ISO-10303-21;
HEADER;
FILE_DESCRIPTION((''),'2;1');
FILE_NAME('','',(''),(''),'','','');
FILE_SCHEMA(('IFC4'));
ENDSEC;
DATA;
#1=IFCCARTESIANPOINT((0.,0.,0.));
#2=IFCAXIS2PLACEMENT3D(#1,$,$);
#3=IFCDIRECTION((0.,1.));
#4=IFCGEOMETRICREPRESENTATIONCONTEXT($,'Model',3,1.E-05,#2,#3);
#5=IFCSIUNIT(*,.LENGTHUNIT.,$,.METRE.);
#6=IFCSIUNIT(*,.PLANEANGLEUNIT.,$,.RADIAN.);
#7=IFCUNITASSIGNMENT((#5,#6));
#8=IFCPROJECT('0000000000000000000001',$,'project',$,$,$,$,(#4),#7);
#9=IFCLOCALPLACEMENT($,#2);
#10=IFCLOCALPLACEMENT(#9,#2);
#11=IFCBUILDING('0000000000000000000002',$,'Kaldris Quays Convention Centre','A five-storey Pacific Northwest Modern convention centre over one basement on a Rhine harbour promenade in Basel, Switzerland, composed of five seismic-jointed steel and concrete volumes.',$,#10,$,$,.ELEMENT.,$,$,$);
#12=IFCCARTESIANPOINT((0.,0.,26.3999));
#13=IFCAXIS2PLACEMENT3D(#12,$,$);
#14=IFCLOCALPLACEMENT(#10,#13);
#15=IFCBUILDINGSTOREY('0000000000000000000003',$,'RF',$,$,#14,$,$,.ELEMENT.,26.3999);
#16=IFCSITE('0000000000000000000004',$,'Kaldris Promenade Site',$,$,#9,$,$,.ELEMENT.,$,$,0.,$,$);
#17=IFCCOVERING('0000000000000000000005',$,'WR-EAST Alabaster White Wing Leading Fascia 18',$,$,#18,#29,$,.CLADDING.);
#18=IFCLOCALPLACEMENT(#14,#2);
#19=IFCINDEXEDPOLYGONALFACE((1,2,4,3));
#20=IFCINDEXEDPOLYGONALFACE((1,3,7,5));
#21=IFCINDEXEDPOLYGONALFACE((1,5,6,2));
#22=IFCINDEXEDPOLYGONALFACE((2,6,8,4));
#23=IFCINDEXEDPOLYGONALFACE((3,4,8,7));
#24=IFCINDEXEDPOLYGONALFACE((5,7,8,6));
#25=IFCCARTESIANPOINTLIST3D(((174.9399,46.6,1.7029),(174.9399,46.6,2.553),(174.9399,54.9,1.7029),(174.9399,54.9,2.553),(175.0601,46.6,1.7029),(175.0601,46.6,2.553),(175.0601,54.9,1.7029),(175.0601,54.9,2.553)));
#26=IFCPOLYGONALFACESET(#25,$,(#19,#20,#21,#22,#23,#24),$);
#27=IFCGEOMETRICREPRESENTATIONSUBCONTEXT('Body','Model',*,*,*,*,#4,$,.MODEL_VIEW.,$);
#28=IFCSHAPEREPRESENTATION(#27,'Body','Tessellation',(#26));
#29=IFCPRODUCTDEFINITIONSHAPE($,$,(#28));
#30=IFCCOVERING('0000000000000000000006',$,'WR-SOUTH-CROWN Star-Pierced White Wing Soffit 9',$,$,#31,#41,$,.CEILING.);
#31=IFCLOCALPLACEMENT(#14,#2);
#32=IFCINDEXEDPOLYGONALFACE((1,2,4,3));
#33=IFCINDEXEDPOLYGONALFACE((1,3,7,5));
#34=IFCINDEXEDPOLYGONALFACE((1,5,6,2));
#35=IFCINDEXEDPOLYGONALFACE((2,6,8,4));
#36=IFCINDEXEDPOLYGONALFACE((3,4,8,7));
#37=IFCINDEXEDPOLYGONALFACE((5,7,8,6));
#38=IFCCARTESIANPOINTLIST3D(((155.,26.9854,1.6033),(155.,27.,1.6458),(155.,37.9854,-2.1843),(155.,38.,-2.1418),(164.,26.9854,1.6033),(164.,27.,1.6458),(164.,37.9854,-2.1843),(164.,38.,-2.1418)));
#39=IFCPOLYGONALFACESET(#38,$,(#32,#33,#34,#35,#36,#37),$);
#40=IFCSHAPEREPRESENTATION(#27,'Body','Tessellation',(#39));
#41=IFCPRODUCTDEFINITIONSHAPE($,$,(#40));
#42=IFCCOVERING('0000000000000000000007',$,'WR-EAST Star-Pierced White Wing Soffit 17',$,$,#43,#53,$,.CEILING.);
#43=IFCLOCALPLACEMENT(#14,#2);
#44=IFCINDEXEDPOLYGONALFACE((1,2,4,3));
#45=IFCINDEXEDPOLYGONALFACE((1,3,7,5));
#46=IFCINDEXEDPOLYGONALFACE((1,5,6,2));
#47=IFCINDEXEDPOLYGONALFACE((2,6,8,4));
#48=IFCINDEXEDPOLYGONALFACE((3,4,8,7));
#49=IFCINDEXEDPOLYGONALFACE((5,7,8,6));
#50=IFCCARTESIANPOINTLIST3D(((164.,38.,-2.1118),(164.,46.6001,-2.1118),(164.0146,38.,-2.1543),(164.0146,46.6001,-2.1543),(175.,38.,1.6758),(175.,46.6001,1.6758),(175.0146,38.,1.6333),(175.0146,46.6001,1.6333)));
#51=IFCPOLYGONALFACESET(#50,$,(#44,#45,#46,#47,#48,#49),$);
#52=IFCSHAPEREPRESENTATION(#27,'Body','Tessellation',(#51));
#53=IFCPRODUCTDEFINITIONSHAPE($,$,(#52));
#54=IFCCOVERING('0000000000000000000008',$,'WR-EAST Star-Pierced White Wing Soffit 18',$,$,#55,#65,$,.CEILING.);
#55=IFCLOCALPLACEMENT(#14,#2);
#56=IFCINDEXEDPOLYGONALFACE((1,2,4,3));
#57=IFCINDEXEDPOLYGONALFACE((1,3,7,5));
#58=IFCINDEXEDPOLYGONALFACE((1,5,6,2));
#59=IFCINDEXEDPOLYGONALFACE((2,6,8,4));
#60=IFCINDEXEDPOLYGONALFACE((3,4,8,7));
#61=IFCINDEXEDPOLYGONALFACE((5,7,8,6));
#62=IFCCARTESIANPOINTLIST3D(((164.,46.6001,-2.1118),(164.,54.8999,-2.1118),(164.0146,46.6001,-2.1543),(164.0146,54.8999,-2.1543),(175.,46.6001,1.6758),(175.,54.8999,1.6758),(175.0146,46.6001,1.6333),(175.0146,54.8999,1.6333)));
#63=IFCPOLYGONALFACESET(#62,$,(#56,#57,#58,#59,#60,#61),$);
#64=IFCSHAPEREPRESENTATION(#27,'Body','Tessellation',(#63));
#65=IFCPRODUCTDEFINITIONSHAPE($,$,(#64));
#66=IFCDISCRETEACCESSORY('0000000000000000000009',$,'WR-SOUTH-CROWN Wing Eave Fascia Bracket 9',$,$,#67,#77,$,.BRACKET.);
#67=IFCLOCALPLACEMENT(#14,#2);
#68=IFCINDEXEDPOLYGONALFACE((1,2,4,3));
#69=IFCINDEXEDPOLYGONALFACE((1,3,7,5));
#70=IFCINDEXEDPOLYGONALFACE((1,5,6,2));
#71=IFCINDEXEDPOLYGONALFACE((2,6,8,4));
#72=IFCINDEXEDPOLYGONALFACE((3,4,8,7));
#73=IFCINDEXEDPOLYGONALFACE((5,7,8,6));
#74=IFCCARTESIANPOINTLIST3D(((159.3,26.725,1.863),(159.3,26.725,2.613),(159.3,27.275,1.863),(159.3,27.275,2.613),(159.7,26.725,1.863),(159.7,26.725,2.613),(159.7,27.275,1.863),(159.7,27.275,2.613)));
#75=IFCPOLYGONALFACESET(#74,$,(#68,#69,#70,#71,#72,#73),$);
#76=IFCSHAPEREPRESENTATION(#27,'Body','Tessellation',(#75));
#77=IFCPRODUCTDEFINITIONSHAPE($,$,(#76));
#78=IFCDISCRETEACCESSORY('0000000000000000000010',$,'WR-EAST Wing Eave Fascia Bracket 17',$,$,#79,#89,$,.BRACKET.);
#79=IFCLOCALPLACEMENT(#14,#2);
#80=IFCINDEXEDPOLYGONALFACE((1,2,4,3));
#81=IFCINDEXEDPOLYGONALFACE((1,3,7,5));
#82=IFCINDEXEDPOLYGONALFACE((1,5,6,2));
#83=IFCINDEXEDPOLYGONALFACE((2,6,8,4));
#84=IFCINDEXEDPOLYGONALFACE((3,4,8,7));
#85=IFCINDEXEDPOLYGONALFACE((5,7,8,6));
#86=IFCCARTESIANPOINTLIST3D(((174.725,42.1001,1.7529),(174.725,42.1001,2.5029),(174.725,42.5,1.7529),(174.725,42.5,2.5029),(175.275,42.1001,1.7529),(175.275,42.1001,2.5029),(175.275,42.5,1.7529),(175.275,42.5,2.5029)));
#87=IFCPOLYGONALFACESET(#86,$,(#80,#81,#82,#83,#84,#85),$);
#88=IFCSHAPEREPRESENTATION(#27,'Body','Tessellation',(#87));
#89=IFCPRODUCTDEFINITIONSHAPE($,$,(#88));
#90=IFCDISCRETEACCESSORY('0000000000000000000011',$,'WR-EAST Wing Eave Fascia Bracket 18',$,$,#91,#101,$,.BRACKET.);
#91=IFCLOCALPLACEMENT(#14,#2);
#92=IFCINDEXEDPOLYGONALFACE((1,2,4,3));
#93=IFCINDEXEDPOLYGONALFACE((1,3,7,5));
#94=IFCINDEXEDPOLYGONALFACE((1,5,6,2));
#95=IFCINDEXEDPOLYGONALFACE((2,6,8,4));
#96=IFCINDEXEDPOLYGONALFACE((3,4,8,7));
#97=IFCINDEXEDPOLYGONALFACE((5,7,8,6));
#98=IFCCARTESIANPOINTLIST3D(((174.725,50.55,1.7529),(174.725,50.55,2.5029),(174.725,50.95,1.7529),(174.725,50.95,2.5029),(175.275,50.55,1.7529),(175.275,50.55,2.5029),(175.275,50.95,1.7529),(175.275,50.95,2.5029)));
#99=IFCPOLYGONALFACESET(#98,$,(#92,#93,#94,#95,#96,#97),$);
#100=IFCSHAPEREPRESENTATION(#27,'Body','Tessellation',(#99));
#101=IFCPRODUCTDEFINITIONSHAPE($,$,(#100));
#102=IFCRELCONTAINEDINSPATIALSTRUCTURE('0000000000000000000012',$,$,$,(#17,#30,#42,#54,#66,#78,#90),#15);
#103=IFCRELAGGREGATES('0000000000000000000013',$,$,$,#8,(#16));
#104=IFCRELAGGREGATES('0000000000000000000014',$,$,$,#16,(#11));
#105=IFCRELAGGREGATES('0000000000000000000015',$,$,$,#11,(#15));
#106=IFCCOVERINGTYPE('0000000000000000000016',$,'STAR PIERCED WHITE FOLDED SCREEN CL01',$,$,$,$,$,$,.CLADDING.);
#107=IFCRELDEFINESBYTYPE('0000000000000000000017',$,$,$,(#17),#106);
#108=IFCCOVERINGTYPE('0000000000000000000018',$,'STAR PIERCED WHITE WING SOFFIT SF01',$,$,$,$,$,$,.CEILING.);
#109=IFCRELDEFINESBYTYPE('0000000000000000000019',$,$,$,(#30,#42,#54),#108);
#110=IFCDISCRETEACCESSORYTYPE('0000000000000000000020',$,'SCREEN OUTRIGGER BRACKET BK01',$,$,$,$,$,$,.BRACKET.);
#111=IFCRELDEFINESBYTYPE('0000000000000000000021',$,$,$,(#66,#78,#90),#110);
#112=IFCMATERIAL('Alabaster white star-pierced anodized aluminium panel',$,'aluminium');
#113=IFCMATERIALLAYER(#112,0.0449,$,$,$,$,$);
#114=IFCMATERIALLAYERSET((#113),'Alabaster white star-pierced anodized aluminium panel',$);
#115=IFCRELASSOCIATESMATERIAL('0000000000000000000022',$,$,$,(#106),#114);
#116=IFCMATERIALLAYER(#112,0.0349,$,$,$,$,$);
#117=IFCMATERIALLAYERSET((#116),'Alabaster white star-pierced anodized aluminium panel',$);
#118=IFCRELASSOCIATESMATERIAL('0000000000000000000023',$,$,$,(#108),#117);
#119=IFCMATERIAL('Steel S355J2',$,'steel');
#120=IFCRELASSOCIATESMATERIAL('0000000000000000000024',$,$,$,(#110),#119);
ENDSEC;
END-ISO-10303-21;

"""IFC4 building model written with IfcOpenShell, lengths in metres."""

from ifc_helpers import new_model, si_unit, direction, frame, origin, origin_2d, place, context, subcontext, project, spatial, polyline, rectangle, outline, extrude, material, layer, layer_set, type_object, element, save


model = new_model("IFC4")

# Units and contexts
model_context = context("Model", 3, precision=1e-05, world=origin(), true_north=direction((0.0, 1.0)))
body_context = subcontext(model_context, "Body", "Model", "MODEL_VIEW")
ifc_project = project(units=[si_unit("LENGTHUNIT", "METRE"), si_unit("PLANEANGLEUNIT", "RADIAN")], contexts=[model_context])

# Site, building, storey
site_placement = place(None, origin())
site = spatial("IfcSite", under=ifc_project, at=site_placement, Name="Kaldris Promenade Site", CompositionType="ELEMENT", RefElevation=0.0)
building_placement = place(site_placement, origin())
building = spatial("IfcBuilding", under=site, at=building_placement, Name="Kaldris Quays Convention Centre", Description="A five-storey Pacific Northwest Modern convention centre over one basement on a Rhine harbour promenade in Basel, Switzerland, composed of five seismic-jointed steel and concrete volumes.", CompositionType="ELEMENT")
storey_placement = place(building_placement, frame((0.0, 0.0, 26.3999)))
storey = spatial("IfcBuildingStorey", under=building, at=storey_placement, Name="RF", CompositionType="ELEMENT", Elevation=26.3999)

# Shared definitions
ifc_material_1 = material(Name="Steel S355J2", Category="steel")

# Shared definitions
ifc_material_2 = material(Name="Alabaster white star-pierced anodized aluminium panel", Category="aluminium")

# Coverings
ifc_layer_1 = layer(ifc_material_2, 0.0449)
ifc_layer_set_1 = layer_set([ifc_layer_1], Name="Alabaster white star-pierced anodized aluminium panel")
covering_type_1 = type_object("IfcCoveringType", Name="STAR PIERCED WHITE FOLDED SCREEN CL01", PredefinedType="CLADDING", material=ifc_layer_set_1)
covering_1_placement = place(storey_placement, frame((175.0, 50.75, 1.7029), z_axis=(0.0, 0.0, 1.0), x_axis=(0.0, 1.0, 0.0)))
element("IfcCovering", 1, at=covering_1_placement, inside=storey, type_object=covering_type_1, Name="WR-EAST Alabaster White Wing Leading Fascia 18", PredefinedType="CLADDING", context=body_context, shape_type="SweptSolid", body=[
    extrude(rectangle(XDim=8.3, YDim=0.1201, at=origin_2d()), origin(), (0.0, 0.0, 1.0), 0.8501),
])
ifc_layer_2 = layer(ifc_material_2, 0.0349)
ifc_layer_set_2 = layer_set([ifc_layer_2], Name="Alabaster white star-pierced anodized aluminium panel")
covering_type_2 = type_object("IfcCoveringType", Name="STAR PIERCED WHITE WING SOFFIT SF01", PredefinedType="CEILING", material=ifc_layer_set_2)
covering_2_placement = place(storey_placement, frame((155.0, 27.0, 1.6458), z_axis=(0.0, 0.325568, 0.945519), x_axis=(1.0, 0.0, 0.0)))
element("IfcCovering", 2, at=covering_2_placement, inside=storey, type_object=covering_type_2, Name="WR-SOUTH-CROWN Star-Pierced White Wing Soffit 9", PredefinedType="CEILING", context=body_context, shape_type="SweptSolid", body=[
    extrude(outline(polyline([(0.0, 0.0), (9.0, 0.0), (9.0, 11.6338), (0.0, 11.6338), (0.0, 0.0)])), origin(), (0.0, 0.0, -1.0), 0.0449),
])
covering_3_placement = place(storey_placement, frame((164.0, 38.0, -2.1118), z_axis=(-0.325568, 0.0, 0.945519), x_axis=(0.945519, 0.0, 0.325568)))
element("IfcCovering", 3, at=covering_3_placement, inside=storey, type_object=covering_type_2, Name="WR-EAST Star-Pierced White Wing Soffit 17", PredefinedType="CEILING", context=body_context, shape_type="SweptSolid", body=[
    extrude(outline(polyline([(0.0, 0.0), (11.6338, 0.0), (11.6338, 8.6001), (0.0, 8.6001), (0.0, 0.0)])), origin(), (0.0, 0.0, -1.0), 0.0449),
])
covering_4_placement = place(storey_placement, frame((164.0, 46.6001, -2.1118), z_axis=(-0.325568, 0.0, 0.945519), x_axis=(0.945519, 0.0, 0.325568)))
element("IfcCovering", 4, at=covering_4_placement, inside=storey, type_object=covering_type_2, Name="WR-EAST Star-Pierced White Wing Soffit 18", PredefinedType="CEILING", context=body_context, shape_type="SweptSolid", body=[
    extrude(outline(polyline([(0.0, 0.0), (11.6338, 0.0), (11.6338, 8.2998), (0.0, 8.2998), (0.0, 0.0)])), origin(), (0.0, 0.0, -1.0), 0.0449),
])

# Discrete accessories
discrete_accessory_type = type_object("IfcDiscreteAccessoryType", Name="SCREEN OUTRIGGER BRACKET BK01", PredefinedType="BRACKET", material=ifc_material_1)
for number, where, z_axis, x_axis, name in (
    (5, (159.5, 27.0, 1.863), (0.0, 0.0, 1.0), (1.0, 0.0, 0.0), "WR-SOUTH-CROWN Wing Eave Fascia Bracket 9"),
    (6, (175.0, 42.3, 1.7529), (0.0, 0.0, 1.0), (0.0, 1.0, 0.0), "WR-EAST Wing Eave Fascia Bracket 17"),
    (7, (175.0, 50.75, 1.7529), (0.0, 0.0, 1.0), (0.0, 1.0, 0.0), "WR-EAST Wing Eave Fascia Bracket 18"),
):
    element("IfcDiscreteAccessory", number, at=place(storey_placement, frame(where, z_axis=z_axis, x_axis=x_axis)), inside=storey, type_object=discrete_accessory_type, Name=name, PredefinedType="BRACKET", context=body_context, shape_type="SweptSolid", body=[
        extrude(rectangle(XDim=0.3999, YDim=0.55, at=origin_2d()), origin(), (0.0, 0.0, 1.0), 0.75),
    ])

save(model, "model.ifc")
